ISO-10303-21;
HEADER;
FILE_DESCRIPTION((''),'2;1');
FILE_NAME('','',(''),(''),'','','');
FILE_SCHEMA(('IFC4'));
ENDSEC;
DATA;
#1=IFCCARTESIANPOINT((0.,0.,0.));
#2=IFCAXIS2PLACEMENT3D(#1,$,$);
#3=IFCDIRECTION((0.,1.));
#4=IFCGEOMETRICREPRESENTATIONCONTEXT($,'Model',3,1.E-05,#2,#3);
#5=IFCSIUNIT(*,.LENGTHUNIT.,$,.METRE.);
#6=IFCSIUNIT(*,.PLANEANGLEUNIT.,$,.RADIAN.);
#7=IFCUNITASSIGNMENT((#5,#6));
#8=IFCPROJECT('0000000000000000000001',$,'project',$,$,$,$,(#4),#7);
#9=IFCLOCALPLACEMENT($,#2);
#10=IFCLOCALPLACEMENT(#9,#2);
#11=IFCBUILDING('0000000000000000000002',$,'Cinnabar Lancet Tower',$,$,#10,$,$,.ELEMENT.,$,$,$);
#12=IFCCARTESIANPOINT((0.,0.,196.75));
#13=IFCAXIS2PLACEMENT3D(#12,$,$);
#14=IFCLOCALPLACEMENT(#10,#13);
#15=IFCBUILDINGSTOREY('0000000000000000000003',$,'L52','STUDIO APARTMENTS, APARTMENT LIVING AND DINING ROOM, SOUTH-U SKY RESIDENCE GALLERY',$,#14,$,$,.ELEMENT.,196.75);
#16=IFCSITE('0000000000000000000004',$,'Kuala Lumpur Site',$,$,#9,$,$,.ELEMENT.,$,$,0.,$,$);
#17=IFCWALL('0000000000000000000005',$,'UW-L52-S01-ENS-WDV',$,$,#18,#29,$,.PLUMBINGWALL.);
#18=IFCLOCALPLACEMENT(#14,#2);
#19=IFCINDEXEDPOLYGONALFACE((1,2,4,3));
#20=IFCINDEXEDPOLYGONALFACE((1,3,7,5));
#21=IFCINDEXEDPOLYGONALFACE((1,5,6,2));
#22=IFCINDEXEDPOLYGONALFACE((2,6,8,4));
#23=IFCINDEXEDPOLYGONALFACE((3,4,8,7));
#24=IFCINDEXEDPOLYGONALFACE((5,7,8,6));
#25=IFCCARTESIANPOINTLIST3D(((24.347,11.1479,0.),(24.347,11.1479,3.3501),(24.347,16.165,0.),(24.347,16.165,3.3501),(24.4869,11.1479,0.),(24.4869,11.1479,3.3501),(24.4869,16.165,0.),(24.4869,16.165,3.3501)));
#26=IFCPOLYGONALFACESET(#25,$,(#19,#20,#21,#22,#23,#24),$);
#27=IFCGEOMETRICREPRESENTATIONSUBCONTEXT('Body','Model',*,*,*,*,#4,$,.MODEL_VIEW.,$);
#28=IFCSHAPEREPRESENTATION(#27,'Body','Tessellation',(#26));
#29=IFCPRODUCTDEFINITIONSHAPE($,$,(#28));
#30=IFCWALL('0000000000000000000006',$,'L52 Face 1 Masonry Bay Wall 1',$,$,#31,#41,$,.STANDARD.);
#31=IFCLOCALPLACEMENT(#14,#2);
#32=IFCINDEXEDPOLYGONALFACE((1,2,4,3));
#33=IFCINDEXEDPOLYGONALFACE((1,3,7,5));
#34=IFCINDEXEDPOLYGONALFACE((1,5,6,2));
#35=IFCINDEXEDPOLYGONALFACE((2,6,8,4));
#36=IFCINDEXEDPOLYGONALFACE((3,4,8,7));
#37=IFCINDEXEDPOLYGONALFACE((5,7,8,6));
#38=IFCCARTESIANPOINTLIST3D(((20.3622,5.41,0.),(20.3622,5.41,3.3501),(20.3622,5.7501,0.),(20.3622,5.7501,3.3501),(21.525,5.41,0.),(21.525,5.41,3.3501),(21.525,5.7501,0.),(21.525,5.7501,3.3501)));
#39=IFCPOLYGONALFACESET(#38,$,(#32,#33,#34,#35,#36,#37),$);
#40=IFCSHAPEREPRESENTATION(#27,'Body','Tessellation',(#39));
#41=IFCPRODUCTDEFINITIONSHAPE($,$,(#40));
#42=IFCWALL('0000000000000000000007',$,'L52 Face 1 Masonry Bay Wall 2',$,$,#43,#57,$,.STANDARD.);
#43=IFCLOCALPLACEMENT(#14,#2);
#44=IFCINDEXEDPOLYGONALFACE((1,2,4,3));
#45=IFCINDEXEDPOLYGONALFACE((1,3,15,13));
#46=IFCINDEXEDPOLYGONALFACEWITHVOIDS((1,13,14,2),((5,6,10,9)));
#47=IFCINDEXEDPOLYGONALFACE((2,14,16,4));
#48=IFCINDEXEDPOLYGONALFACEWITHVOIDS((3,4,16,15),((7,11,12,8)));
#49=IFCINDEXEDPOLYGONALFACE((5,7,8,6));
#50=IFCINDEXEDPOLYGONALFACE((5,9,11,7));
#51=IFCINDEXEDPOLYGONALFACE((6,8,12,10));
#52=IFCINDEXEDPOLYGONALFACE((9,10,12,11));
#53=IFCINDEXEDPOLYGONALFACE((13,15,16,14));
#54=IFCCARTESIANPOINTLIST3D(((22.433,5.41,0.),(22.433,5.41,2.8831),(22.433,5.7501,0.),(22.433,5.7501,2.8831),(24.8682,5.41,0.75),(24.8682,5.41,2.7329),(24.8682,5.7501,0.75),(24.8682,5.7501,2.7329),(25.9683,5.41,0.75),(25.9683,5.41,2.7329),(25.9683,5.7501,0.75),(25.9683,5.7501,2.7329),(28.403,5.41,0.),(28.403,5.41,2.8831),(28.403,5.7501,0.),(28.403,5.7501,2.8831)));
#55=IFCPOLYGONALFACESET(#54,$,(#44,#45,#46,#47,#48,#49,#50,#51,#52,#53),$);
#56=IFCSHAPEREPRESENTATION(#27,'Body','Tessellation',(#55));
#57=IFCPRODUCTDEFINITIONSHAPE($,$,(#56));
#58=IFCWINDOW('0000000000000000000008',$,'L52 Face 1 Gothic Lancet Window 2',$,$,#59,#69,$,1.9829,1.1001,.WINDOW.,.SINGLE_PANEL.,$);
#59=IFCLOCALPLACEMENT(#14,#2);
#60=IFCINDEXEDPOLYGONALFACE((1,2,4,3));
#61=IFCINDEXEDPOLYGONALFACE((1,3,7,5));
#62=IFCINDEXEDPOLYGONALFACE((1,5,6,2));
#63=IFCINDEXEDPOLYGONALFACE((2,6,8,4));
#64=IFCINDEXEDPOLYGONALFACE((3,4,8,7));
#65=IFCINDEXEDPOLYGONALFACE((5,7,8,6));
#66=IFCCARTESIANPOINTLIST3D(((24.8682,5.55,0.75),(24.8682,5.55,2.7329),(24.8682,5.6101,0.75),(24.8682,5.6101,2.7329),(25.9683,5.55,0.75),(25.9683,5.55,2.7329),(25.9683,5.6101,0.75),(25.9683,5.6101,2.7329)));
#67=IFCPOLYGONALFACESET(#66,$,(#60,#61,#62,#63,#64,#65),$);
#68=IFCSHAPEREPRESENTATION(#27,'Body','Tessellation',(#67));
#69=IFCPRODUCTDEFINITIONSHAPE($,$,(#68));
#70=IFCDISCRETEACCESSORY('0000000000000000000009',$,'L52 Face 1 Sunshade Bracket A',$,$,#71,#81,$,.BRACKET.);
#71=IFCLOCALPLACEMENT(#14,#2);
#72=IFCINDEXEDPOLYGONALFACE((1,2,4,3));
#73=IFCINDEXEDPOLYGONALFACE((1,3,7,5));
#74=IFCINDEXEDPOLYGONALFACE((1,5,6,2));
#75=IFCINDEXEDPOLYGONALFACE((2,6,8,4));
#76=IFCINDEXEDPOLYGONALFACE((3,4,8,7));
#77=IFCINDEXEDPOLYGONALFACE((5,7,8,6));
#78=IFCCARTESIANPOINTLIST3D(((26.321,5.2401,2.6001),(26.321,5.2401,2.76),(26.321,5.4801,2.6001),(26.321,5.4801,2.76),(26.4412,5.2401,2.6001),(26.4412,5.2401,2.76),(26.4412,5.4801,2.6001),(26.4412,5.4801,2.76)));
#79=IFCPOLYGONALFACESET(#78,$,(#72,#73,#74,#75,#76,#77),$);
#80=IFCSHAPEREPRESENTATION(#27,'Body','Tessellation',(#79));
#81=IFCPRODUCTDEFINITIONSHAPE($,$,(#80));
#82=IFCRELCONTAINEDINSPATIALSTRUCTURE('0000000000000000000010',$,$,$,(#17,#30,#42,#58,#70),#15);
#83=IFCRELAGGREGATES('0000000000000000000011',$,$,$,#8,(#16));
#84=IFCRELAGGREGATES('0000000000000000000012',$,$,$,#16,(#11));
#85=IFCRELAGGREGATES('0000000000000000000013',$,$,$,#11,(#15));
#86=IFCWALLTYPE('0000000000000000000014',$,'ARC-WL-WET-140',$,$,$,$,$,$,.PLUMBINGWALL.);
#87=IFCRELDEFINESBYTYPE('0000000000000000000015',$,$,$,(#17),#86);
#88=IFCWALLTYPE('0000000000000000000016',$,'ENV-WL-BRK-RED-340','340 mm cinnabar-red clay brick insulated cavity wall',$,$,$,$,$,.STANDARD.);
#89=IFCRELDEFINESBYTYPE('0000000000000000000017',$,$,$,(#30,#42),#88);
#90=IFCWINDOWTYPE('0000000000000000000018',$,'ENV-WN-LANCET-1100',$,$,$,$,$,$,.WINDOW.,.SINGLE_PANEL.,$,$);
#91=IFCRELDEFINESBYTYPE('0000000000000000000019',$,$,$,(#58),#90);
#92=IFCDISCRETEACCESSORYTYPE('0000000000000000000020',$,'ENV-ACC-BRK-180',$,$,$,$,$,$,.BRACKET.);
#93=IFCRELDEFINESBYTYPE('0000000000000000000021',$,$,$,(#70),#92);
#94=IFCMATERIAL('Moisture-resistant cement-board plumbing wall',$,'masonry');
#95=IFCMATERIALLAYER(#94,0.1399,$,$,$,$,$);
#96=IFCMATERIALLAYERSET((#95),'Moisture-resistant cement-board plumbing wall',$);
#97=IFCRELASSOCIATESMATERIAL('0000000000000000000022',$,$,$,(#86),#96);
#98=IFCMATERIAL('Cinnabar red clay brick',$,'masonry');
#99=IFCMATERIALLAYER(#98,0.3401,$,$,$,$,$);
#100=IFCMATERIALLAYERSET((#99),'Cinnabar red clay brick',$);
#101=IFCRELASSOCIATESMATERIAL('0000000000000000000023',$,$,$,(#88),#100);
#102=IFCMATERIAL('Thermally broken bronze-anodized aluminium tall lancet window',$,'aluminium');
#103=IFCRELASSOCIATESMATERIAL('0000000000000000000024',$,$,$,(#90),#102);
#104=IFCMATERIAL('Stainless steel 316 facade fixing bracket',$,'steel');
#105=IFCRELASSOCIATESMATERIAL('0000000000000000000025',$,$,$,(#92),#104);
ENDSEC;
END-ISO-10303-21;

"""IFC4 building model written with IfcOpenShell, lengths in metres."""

from ifc_helpers import new_model, si_unit, direction, frame, frame_2d, origin, origin_2d, place, context, subcontext, project, spatial, rectangle, extrude, material, layer, layer_set, type_object, element, fill, save


model = new_model("IFC4")

# Units and contexts
model_context = context("Model", 3, precision=1e-05, world=origin(), true_north=direction((0.0, 1.0)))
body_context = subcontext(model_context, "Body", "Model", "MODEL_VIEW")
ifc_project = project(units=[si_unit("LENGTHUNIT", "METRE"), si_unit("PLANEANGLEUNIT", "RADIAN")], contexts=[model_context])

# Site, building, storey
site_placement = place(None, origin())
site = spatial("IfcSite", under=ifc_project, at=site_placement, Name="Kuala Lumpur Site", CompositionType="ELEMENT", RefElevation=0.0)
building_placement = place(site_placement, origin())
building = spatial("IfcBuilding", under=site, at=building_placement, Name="Cinnabar Lancet Tower", CompositionType="ELEMENT")
storey_placement = place(building_placement, frame((0.0, 0.0, 196.75)))
storey = spatial("IfcBuildingStorey", under=building, at=storey_placement, Name="L52", Description="STUDIO APARTMENTS, APARTMENT LIVING AND DINING ROOM, SOUTH-U SKY RESIDENCE GALLERY", CompositionType="ELEMENT", Elevation=196.75)

# Shared definitions
ifc_material_1 = material(Name="Moisture-resistant cement-board plumbing wall", Category="masonry")
ifc_layer_1 = layer(ifc_material_1, 0.1399)
ifc_layer_set_1 = layer_set([ifc_layer_1], Name="Moisture-resistant cement-board plumbing wall")
wall_type_1 = type_object("IfcWallType", Name="ARC-WL-WET-140", PredefinedType="PLUMBINGWALL", material=ifc_layer_set_1)

# Walls
wall_1_placement = place(storey_placement, frame((24.417, 11.1479, 0.0), z_axis=(0.0, 0.0, 1.0), x_axis=(0.0, 1.0, 0.0)))
element("IfcWall", 1, at=wall_1_placement, inside=storey, type_object=wall_type_1, Name="UW-L52-S01-ENS-WDV", PredefinedType="PLUMBINGWALL", context=body_context, shape_type="SweptSolid", body=[
    extrude(rectangle(XDim=5.0171, YDim=0.1399, at=frame_2d((2.5085, 0.0))), origin(), (0.0, 0.0, 1.0), 3.3501),
])
ifc_material_2 = material(Name="Cinnabar red clay brick", Category="masonry")
ifc_layer_2 = layer(ifc_material_2, 0.3401)
ifc_layer_set_2 = layer_set([ifc_layer_2], Name="Cinnabar red clay brick")
wall_type_2 = type_object("IfcWallType", Name="ENV-WL-BRK-RED-340", Description="340 mm cinnabar-red clay brick insulated cavity wall", PredefinedType="STANDARD", material=ifc_layer_set_2)
wall_2_placement = place(storey_placement, frame((20.3621, 5.5801, 0.0), z_axis=(0.0, 0.0, 1.0), x_axis=(1.0, 0.0, 0.0)))
element("IfcWall", 2, at=wall_2_placement, inside=storey, type_object=wall_type_2, Name="L52 Face 1 Masonry Bay Wall 1", PredefinedType="STANDARD", context=body_context, shape_type="SweptSolid", body=[
    extrude(rectangle(XDim=1.1628, YDim=0.3401, at=frame_2d((0.5815, 0.0))), origin(), (0.0, 0.0, 1.0), 3.3501),
])

# Wall, opening, window
wall_3_placement = place(storey_placement, frame((22.4331, 5.5801, 0.0), z_axis=(0.0, 0.0, 1.0), x_axis=(1.0, 0.0, 0.0)))
wall_3 = element("IfcWall", 3, at=wall_3_placement, inside=storey, type_object=wall_type_2, Name="L52 Face 1 Masonry Bay Wall 2", PredefinedType="STANDARD", context=body_context, shape_type="SweptSolid", body=[
    extrude(rectangle(XDim=5.97, YDim=0.3401, at=frame_2d((2.9849, 0.0))), origin(), (0.0, 0.0, 1.0), 2.8831),
])
opening_1_placement = place(wall_3_placement, frame((2.4351, 0.0, 0.75)))
opening_1 = element("IfcOpeningElement", 4, at=opening_1_placement, cuts=wall_3, PredefinedType="OPENING", context=body_context, shape_type="SweptSolid", body=[
    extrude(rectangle(XDim=1.1001, YDim=1.9829, at=frame_2d((0.55, 0.9915))), frame((0.0, 0.1799, 0.0), z_axis=(0.0, -1.0, 0.0), x_axis=(1.0, 0.0, 0.0)), (0.0, 0.0, 1.0), 0.3601),
])
ifc_material_3 = material(Name="Thermally broken bronze-anodized aluminium tall lancet window", Category="aluminium")
window_type = type_object("IfcWindowType", Name="ENV-WN-LANCET-1100", PartitioningType="SINGLE_PANEL", PredefinedType="WINDOW", material=ifc_material_3)
window_placement = place(opening_1_placement, origin())
window = element("IfcWindow", 5, at=window_placement, inside=storey, type_object=window_type, Name="L52 Face 1 Gothic Lancet Window 2", OverallHeight=1.9829, OverallWidth=1.1001, PartitioningType="SINGLE_PANEL", PredefinedType="WINDOW", context=body_context, shape_type="SweptSolid", body=[
    extrude(rectangle(XDim=1.1001, YDim=1.9829, at=frame_2d((0.55, 0.9915))), frame((0.0, 0.03, 0.0), z_axis=(0.0, -1.0, 0.0), x_axis=(1.0, 0.0, 0.0)), (0.0, 0.0, 1.0), 0.0601),
])
fill(opening_1, window)

# Discrete accessory
ifc_material_4 = material(Name="Stainless steel 316 facade fixing bracket", Category="steel")
discrete_accessory_type = type_object("IfcDiscreteAccessoryType", Name="ENV-ACC-BRK-180", PredefinedType="BRACKET", material=ifc_material_4)
discrete_accessory_placement = place(storey_placement, frame((26.3811, 5.3601, 2.6001), z_axis=(0.0, 0.0, 1.0), x_axis=(1.0, 0.0, 0.0)))
element("IfcDiscreteAccessory", 6, at=discrete_accessory_placement, inside=storey, type_object=discrete_accessory_type, Name="L52 Face 1 Sunshade Bracket A", PredefinedType="BRACKET", context=body_context, shape_type="SweptSolid", body=[
    extrude(rectangle(XDim=0.1201, YDim=0.24, at=origin_2d()), origin(), (0.0, 0.0, 1.0), 0.1599),
])

save(model, "model.ifc")
